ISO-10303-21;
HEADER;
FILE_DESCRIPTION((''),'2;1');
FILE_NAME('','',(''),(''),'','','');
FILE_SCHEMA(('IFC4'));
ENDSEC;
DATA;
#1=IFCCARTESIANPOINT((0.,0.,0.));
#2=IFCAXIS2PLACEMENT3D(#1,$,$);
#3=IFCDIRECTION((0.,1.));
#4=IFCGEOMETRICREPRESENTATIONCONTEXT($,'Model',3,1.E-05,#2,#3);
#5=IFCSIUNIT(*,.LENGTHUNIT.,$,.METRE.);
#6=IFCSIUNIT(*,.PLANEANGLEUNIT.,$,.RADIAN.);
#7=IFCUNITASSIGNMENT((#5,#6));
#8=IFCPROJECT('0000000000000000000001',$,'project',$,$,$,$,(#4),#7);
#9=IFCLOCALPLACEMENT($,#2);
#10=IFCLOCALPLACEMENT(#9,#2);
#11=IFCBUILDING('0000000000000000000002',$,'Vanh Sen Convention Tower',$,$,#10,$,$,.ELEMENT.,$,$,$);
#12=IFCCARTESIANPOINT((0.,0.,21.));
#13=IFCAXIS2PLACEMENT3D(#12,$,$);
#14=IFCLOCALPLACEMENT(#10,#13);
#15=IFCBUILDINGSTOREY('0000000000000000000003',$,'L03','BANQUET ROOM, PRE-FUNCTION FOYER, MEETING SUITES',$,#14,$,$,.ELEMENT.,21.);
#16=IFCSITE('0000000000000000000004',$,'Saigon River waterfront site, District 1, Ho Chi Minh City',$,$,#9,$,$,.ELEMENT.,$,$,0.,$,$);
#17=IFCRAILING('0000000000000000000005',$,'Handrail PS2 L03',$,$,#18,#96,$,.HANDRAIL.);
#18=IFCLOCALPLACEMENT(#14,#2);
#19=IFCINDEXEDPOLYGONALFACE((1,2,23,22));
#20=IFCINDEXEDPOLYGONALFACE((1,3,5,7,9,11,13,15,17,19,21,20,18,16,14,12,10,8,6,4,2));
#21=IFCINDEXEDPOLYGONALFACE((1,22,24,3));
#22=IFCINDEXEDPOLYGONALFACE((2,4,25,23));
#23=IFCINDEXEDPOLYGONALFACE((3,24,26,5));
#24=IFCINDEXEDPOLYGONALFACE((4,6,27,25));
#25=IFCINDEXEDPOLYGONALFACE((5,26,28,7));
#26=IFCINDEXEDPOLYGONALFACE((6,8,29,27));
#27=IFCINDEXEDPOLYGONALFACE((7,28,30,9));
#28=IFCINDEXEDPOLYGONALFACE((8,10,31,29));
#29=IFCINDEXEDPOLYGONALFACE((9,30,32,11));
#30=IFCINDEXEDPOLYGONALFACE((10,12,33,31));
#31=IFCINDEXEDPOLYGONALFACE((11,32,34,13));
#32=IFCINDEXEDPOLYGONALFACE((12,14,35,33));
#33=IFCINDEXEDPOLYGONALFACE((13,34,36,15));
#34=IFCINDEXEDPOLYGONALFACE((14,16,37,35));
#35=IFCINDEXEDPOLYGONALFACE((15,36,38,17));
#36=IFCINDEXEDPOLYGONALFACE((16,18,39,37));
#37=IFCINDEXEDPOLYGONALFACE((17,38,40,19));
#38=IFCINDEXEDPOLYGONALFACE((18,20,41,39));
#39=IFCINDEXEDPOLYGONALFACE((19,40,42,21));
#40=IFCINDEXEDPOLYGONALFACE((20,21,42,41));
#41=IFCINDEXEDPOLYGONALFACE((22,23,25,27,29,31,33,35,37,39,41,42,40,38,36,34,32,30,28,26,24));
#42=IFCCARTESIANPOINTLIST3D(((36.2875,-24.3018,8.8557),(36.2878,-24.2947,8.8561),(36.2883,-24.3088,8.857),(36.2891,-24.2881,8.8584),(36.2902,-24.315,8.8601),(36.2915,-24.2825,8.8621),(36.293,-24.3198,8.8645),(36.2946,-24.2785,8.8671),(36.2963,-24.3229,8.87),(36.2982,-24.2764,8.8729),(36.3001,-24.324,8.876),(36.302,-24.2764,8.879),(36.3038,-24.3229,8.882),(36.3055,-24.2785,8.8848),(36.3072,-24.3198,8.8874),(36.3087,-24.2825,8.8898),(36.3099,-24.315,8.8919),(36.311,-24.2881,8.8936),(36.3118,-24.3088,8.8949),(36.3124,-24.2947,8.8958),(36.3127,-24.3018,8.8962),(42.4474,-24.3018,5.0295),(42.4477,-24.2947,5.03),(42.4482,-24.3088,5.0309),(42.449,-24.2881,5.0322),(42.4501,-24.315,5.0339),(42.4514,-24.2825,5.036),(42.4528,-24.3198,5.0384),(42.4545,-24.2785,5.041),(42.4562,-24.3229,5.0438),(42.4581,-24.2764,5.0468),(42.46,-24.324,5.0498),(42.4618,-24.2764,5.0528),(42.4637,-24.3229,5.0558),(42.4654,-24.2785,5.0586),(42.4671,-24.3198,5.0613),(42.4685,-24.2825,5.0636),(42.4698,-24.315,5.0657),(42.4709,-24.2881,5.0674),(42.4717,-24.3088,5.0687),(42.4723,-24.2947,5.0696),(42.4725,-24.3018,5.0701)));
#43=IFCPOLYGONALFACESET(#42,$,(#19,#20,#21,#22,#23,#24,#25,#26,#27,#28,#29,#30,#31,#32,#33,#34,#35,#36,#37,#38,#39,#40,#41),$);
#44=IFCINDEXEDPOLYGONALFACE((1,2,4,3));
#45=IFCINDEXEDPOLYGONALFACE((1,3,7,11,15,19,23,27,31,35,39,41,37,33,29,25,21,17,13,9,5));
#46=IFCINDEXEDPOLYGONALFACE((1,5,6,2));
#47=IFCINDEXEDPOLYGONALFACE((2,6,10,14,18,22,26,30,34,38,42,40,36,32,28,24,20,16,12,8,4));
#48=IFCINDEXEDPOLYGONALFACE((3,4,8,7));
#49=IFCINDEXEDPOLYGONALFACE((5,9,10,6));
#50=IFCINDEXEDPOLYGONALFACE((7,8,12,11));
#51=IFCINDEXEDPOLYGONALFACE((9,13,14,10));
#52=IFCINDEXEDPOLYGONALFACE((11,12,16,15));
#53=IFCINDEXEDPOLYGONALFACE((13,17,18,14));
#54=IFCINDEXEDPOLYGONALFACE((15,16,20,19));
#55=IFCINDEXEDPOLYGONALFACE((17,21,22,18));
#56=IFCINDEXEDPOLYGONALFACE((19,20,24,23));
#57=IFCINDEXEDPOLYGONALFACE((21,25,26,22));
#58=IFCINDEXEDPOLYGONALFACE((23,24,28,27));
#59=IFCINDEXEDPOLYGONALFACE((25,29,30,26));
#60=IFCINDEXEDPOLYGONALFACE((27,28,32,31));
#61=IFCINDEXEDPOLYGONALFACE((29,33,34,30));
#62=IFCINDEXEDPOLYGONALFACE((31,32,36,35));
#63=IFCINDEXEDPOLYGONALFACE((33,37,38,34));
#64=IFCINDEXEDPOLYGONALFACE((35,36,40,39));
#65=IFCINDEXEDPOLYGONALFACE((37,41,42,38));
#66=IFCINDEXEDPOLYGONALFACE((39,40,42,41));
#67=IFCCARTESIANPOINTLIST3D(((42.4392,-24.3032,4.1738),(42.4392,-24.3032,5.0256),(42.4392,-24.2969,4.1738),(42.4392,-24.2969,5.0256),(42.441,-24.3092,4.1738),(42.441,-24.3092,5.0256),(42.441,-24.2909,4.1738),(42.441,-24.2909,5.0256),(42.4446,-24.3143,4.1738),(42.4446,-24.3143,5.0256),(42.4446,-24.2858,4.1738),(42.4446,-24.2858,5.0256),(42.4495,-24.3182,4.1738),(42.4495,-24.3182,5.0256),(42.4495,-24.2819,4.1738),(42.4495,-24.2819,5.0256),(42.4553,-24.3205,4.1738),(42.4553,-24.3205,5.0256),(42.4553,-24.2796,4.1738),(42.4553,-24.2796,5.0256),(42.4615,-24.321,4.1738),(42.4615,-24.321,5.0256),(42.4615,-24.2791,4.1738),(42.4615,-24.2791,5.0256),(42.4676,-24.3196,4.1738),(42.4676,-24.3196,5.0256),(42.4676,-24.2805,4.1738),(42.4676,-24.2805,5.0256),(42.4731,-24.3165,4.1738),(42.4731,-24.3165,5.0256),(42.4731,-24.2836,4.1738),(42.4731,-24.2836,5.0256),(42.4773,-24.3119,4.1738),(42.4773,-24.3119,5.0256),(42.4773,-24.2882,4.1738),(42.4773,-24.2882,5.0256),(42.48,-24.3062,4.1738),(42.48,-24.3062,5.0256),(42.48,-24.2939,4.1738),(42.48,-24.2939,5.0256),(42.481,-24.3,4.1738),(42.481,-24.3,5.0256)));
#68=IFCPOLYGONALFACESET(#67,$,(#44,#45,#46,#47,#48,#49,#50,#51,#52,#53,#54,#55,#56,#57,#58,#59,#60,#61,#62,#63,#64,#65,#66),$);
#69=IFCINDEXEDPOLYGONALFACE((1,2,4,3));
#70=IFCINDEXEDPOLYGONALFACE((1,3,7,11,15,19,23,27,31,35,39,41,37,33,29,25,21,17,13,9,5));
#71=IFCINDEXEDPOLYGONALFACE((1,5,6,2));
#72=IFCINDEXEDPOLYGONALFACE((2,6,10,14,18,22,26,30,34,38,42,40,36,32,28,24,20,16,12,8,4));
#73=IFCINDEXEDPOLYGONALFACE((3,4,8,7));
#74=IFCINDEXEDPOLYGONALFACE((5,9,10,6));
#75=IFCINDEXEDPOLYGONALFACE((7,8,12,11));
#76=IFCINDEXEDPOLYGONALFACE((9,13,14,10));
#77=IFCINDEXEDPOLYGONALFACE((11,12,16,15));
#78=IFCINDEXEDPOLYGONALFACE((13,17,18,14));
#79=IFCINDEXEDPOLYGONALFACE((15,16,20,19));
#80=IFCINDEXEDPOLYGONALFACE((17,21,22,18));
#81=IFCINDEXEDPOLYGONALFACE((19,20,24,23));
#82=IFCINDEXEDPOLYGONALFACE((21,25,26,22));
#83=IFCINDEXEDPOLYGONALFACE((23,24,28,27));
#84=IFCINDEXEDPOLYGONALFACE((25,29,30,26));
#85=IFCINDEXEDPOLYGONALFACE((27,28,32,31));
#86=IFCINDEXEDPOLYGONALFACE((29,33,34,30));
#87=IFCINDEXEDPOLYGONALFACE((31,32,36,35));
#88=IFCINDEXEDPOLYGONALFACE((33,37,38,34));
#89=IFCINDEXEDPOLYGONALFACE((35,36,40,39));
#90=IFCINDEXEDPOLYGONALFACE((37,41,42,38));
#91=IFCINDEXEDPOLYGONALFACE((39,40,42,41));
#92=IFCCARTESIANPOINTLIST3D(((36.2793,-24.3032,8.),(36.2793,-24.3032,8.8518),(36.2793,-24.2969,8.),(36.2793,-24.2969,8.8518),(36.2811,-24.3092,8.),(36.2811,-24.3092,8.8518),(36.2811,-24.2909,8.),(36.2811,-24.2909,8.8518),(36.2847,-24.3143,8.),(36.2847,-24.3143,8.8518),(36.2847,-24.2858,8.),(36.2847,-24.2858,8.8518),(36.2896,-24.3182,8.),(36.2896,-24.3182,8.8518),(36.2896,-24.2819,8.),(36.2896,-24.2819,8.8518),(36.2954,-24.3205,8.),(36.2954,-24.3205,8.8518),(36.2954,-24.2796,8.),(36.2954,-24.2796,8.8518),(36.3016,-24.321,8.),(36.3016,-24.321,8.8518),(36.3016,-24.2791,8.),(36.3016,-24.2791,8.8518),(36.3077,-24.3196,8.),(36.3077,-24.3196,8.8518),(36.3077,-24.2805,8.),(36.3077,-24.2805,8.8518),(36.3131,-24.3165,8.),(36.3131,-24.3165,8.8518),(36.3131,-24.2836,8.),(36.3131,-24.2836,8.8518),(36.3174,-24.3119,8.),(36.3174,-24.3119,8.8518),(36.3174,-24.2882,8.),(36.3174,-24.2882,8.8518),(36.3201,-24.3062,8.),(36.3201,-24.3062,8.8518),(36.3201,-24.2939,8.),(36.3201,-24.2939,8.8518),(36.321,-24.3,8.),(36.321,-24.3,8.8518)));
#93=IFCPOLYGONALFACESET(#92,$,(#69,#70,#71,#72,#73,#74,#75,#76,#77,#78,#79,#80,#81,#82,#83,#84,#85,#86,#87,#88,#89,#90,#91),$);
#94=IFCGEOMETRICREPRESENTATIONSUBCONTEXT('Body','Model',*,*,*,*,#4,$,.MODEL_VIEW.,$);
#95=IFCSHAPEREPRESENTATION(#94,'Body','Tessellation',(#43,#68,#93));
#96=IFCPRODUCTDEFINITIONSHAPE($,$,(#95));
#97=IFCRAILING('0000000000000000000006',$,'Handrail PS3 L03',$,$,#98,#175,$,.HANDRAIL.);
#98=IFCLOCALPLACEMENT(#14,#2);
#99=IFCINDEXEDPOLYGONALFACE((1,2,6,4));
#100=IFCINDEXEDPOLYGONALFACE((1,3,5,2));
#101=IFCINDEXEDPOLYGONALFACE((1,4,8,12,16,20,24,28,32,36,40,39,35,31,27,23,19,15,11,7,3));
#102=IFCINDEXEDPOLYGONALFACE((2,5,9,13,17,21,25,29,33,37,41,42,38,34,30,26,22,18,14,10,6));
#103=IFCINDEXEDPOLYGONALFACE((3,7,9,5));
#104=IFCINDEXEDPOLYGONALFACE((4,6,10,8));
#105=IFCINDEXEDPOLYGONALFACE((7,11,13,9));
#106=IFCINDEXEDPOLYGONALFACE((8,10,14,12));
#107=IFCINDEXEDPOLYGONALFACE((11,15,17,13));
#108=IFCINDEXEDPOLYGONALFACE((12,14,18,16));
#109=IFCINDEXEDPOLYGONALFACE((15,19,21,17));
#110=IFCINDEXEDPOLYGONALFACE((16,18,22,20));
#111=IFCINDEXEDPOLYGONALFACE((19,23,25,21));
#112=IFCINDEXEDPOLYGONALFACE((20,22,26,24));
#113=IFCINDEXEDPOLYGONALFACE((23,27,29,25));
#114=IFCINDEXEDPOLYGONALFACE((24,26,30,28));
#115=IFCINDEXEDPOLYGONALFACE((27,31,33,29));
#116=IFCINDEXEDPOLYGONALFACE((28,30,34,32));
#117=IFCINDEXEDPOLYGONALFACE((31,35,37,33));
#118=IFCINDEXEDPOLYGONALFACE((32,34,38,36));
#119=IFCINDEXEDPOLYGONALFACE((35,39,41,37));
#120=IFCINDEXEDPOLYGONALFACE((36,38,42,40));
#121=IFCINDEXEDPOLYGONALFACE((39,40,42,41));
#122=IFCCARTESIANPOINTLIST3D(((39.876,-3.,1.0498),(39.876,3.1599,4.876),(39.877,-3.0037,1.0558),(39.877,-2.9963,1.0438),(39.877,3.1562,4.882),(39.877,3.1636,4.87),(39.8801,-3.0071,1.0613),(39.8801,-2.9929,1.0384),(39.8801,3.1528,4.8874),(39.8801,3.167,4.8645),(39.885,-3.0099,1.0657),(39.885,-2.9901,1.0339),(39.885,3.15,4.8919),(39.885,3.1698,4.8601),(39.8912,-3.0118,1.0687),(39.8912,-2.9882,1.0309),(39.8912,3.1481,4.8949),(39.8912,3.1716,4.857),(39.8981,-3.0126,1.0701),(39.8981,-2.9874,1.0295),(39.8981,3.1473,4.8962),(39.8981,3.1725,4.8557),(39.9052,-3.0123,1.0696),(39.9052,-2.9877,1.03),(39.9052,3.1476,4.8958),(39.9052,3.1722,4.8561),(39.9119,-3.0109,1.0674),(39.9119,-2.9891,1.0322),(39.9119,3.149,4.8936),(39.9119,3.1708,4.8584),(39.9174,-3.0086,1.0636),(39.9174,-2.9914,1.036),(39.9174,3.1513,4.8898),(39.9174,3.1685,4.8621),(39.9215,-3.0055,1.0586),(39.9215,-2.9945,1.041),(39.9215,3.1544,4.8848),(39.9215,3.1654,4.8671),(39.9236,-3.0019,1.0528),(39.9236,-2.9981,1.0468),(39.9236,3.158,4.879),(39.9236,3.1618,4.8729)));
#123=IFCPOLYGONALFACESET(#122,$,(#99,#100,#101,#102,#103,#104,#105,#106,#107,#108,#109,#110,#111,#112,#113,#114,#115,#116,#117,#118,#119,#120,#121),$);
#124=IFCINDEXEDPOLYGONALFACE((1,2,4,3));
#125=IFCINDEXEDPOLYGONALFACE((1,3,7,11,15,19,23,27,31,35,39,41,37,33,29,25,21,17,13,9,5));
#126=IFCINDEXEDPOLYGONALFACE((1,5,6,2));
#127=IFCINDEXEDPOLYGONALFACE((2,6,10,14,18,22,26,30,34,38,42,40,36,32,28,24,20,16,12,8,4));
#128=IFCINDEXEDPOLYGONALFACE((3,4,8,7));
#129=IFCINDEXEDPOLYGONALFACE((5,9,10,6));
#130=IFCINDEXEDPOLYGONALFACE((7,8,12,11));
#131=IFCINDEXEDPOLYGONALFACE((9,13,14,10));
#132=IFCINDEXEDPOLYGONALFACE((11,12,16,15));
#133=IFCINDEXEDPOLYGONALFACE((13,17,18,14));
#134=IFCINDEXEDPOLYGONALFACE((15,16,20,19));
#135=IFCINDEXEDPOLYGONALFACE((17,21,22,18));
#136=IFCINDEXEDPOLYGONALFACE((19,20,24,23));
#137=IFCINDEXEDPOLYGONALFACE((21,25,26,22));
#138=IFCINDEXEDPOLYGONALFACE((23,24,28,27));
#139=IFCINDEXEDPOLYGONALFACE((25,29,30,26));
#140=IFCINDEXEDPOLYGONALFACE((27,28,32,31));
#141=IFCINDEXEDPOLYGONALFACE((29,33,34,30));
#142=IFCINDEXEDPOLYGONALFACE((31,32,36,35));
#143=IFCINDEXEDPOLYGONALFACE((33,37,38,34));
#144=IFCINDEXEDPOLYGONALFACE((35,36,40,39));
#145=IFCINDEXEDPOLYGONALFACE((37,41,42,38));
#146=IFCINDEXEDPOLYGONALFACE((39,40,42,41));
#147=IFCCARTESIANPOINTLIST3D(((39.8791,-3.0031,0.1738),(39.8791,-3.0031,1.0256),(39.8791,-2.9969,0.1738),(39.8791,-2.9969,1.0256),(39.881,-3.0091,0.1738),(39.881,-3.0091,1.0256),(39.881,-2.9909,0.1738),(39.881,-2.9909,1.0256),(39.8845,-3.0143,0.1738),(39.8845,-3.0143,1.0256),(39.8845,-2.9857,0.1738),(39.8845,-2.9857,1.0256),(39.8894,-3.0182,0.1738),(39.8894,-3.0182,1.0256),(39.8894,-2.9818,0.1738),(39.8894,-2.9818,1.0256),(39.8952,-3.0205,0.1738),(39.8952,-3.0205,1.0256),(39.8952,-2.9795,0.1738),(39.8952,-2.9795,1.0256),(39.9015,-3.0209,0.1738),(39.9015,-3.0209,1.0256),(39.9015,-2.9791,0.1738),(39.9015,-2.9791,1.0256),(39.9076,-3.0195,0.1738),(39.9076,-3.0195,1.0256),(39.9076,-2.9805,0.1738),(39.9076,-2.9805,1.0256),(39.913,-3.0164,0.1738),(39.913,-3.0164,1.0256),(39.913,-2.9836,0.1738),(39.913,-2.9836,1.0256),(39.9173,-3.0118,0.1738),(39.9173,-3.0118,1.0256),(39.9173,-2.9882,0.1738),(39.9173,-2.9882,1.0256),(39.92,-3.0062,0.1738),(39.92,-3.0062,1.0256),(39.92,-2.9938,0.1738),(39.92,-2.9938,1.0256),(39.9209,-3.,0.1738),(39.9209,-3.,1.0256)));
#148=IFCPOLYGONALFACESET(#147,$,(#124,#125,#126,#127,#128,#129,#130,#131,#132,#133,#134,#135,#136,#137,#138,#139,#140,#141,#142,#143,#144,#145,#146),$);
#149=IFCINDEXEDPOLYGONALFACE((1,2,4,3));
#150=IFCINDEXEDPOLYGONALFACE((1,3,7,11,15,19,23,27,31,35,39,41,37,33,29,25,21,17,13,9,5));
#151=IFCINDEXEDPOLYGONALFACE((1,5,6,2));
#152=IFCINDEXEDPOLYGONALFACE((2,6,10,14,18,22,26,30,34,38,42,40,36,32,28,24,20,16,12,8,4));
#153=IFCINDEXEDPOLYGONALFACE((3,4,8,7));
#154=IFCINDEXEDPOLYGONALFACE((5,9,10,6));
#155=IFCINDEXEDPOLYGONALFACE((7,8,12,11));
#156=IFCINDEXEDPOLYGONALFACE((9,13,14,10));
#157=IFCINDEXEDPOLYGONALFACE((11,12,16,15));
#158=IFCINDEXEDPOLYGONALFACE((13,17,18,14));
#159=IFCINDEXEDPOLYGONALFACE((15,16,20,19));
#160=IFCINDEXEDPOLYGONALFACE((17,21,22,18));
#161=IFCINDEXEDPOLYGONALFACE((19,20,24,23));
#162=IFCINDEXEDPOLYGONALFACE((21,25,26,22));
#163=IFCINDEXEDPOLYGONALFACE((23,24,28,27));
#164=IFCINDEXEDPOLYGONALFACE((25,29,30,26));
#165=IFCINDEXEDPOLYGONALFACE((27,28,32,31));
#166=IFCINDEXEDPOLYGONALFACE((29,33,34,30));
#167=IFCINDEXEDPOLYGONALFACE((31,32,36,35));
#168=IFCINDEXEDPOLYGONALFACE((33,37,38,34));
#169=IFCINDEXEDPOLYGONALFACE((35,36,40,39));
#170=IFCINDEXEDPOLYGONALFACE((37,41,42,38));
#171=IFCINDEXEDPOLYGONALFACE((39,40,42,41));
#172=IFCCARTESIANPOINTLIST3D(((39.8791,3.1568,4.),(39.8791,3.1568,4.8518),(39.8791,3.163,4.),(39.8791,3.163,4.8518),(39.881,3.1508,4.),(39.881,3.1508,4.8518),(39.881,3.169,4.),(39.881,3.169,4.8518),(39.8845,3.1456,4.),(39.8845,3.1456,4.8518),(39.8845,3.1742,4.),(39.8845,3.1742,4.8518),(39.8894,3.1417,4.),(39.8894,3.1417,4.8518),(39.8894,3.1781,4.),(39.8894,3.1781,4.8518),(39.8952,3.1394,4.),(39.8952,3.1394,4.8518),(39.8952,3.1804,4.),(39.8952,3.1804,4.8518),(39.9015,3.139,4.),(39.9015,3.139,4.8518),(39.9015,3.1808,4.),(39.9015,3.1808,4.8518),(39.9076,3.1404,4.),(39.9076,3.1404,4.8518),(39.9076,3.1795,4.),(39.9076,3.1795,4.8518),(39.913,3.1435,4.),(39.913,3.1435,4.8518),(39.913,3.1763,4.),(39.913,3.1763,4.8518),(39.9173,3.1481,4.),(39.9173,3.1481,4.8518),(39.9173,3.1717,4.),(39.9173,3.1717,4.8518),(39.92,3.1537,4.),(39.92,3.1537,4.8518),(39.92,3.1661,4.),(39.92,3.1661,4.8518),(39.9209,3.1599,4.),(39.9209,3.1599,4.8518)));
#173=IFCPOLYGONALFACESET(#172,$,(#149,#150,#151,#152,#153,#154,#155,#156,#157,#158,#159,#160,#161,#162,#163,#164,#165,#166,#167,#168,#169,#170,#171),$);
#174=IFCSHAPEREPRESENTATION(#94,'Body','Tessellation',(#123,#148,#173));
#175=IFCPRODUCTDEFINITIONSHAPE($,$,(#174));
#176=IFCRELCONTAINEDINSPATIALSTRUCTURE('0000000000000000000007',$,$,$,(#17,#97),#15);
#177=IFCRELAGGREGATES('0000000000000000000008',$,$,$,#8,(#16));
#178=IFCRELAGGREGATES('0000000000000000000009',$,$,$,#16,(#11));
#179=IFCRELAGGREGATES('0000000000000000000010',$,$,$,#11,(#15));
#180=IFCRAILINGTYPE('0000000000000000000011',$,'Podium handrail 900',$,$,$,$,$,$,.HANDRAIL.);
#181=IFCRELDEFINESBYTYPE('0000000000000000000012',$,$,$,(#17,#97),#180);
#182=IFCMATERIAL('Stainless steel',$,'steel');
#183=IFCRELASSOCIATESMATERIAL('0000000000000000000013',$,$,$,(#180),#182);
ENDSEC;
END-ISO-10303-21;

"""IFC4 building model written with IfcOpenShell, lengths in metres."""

from ifc_helpers import new_model, si_unit, direction, frame, origin, origin_2d, place, context, subcontext, project, spatial, circle, extrude, material, type_object, element, save


model = new_model("IFC4")

# Units and contexts
model_context = context("Model", 3, precision=1e-05, world=origin(), true_north=direction((0.0, 1.0)))
body_context = subcontext(model_context, "Body", "Model", "MODEL_VIEW")
ifc_project = project(units=[si_unit("LENGTHUNIT", "METRE"), si_unit("PLANEANGLEUNIT", "RADIAN")], contexts=[model_context])

# Site, building, storey
site_placement = place(None, origin())
site = spatial("IfcSite", under=ifc_project, at=site_placement, Name="Saigon River waterfront site, District 1, Ho Chi Minh City", CompositionType="ELEMENT", RefElevation=0.0)
building_placement = place(site_placement, origin())
building = spatial("IfcBuilding", under=site, at=building_placement, Name="Vanh Sen Convention Tower", CompositionType="ELEMENT")
storey_placement = place(building_placement, frame((0.0, 0.0, 21.0)))
storey = spatial("IfcBuildingStorey", under=building, at=storey_placement, Name="L03", Description="BANQUET ROOM, PRE-FUNCTION FOYER, MEETING SUITES", CompositionType="ELEMENT", Elevation=21.0)

# Railings
ifc_material_1 = material(Name="Stainless steel", Category="steel")
railing_type = type_object("IfcRailingType", Name="Podium handrail 900", PredefinedType="HANDRAIL", material=ifc_material_1)
for number, where, name in (
    (1, (42.46, -24.3, 4.1738), "Handrail PS2 L03"),
):
    element("IfcRailing", number, at=place(storey_placement, frame(where)), inside=storey, type_object=railing_type, Name=name, PredefinedType="HANDRAIL", context=body_context, shape_type="SweptSolid", body=[
        extrude(circle(Radius=0.0239, at=origin_2d()), frame((0.0, 0.0, 0.876), z_axis=(-0.849468, 0.0, 0.527639), x_axis=(0.0, -1.0, 0.0)), (0.0, 0.0, 1.0), 7.2515),
        extrude(circle(Radius=0.021, at=origin_2d()), origin(), (0.0, 0.0, 1.0), 0.8518),
        extrude(circle(Radius=0.021, at=origin_2d()), frame((-6.1599, 0.0, 3.8262)), (0.0, 0.0, 1.0), 0.8518),
    ])
for number, where, name in (
    (2, (39.8999, -3.0, 0.1738), "Handrail PS3 L03"),
):
    element("IfcRailing", number, at=place(storey_placement, frame(where)), inside=storey, type_object=railing_type, Name=name, PredefinedType="HANDRAIL", context=body_context, shape_type="SweptSolid", body=[
        extrude(circle(Radius=0.0239, at=origin_2d()), frame((0.0, 0.0, 0.876), z_axis=(0.0, 0.849468, 0.527639), x_axis=(-1.0, 0.0, 0.0)), (0.0, 0.0, 1.0), 7.2515),
        extrude(circle(Radius=0.021, at=origin_2d()), origin(), (0.0, 0.0, 1.0), 0.8518),
        extrude(circle(Radius=0.021, at=origin_2d()), frame((0.0, 6.1599, 3.8262)), (0.0, 0.0, 1.0), 0.8518),
    ])

save(model, "model.ifc")
